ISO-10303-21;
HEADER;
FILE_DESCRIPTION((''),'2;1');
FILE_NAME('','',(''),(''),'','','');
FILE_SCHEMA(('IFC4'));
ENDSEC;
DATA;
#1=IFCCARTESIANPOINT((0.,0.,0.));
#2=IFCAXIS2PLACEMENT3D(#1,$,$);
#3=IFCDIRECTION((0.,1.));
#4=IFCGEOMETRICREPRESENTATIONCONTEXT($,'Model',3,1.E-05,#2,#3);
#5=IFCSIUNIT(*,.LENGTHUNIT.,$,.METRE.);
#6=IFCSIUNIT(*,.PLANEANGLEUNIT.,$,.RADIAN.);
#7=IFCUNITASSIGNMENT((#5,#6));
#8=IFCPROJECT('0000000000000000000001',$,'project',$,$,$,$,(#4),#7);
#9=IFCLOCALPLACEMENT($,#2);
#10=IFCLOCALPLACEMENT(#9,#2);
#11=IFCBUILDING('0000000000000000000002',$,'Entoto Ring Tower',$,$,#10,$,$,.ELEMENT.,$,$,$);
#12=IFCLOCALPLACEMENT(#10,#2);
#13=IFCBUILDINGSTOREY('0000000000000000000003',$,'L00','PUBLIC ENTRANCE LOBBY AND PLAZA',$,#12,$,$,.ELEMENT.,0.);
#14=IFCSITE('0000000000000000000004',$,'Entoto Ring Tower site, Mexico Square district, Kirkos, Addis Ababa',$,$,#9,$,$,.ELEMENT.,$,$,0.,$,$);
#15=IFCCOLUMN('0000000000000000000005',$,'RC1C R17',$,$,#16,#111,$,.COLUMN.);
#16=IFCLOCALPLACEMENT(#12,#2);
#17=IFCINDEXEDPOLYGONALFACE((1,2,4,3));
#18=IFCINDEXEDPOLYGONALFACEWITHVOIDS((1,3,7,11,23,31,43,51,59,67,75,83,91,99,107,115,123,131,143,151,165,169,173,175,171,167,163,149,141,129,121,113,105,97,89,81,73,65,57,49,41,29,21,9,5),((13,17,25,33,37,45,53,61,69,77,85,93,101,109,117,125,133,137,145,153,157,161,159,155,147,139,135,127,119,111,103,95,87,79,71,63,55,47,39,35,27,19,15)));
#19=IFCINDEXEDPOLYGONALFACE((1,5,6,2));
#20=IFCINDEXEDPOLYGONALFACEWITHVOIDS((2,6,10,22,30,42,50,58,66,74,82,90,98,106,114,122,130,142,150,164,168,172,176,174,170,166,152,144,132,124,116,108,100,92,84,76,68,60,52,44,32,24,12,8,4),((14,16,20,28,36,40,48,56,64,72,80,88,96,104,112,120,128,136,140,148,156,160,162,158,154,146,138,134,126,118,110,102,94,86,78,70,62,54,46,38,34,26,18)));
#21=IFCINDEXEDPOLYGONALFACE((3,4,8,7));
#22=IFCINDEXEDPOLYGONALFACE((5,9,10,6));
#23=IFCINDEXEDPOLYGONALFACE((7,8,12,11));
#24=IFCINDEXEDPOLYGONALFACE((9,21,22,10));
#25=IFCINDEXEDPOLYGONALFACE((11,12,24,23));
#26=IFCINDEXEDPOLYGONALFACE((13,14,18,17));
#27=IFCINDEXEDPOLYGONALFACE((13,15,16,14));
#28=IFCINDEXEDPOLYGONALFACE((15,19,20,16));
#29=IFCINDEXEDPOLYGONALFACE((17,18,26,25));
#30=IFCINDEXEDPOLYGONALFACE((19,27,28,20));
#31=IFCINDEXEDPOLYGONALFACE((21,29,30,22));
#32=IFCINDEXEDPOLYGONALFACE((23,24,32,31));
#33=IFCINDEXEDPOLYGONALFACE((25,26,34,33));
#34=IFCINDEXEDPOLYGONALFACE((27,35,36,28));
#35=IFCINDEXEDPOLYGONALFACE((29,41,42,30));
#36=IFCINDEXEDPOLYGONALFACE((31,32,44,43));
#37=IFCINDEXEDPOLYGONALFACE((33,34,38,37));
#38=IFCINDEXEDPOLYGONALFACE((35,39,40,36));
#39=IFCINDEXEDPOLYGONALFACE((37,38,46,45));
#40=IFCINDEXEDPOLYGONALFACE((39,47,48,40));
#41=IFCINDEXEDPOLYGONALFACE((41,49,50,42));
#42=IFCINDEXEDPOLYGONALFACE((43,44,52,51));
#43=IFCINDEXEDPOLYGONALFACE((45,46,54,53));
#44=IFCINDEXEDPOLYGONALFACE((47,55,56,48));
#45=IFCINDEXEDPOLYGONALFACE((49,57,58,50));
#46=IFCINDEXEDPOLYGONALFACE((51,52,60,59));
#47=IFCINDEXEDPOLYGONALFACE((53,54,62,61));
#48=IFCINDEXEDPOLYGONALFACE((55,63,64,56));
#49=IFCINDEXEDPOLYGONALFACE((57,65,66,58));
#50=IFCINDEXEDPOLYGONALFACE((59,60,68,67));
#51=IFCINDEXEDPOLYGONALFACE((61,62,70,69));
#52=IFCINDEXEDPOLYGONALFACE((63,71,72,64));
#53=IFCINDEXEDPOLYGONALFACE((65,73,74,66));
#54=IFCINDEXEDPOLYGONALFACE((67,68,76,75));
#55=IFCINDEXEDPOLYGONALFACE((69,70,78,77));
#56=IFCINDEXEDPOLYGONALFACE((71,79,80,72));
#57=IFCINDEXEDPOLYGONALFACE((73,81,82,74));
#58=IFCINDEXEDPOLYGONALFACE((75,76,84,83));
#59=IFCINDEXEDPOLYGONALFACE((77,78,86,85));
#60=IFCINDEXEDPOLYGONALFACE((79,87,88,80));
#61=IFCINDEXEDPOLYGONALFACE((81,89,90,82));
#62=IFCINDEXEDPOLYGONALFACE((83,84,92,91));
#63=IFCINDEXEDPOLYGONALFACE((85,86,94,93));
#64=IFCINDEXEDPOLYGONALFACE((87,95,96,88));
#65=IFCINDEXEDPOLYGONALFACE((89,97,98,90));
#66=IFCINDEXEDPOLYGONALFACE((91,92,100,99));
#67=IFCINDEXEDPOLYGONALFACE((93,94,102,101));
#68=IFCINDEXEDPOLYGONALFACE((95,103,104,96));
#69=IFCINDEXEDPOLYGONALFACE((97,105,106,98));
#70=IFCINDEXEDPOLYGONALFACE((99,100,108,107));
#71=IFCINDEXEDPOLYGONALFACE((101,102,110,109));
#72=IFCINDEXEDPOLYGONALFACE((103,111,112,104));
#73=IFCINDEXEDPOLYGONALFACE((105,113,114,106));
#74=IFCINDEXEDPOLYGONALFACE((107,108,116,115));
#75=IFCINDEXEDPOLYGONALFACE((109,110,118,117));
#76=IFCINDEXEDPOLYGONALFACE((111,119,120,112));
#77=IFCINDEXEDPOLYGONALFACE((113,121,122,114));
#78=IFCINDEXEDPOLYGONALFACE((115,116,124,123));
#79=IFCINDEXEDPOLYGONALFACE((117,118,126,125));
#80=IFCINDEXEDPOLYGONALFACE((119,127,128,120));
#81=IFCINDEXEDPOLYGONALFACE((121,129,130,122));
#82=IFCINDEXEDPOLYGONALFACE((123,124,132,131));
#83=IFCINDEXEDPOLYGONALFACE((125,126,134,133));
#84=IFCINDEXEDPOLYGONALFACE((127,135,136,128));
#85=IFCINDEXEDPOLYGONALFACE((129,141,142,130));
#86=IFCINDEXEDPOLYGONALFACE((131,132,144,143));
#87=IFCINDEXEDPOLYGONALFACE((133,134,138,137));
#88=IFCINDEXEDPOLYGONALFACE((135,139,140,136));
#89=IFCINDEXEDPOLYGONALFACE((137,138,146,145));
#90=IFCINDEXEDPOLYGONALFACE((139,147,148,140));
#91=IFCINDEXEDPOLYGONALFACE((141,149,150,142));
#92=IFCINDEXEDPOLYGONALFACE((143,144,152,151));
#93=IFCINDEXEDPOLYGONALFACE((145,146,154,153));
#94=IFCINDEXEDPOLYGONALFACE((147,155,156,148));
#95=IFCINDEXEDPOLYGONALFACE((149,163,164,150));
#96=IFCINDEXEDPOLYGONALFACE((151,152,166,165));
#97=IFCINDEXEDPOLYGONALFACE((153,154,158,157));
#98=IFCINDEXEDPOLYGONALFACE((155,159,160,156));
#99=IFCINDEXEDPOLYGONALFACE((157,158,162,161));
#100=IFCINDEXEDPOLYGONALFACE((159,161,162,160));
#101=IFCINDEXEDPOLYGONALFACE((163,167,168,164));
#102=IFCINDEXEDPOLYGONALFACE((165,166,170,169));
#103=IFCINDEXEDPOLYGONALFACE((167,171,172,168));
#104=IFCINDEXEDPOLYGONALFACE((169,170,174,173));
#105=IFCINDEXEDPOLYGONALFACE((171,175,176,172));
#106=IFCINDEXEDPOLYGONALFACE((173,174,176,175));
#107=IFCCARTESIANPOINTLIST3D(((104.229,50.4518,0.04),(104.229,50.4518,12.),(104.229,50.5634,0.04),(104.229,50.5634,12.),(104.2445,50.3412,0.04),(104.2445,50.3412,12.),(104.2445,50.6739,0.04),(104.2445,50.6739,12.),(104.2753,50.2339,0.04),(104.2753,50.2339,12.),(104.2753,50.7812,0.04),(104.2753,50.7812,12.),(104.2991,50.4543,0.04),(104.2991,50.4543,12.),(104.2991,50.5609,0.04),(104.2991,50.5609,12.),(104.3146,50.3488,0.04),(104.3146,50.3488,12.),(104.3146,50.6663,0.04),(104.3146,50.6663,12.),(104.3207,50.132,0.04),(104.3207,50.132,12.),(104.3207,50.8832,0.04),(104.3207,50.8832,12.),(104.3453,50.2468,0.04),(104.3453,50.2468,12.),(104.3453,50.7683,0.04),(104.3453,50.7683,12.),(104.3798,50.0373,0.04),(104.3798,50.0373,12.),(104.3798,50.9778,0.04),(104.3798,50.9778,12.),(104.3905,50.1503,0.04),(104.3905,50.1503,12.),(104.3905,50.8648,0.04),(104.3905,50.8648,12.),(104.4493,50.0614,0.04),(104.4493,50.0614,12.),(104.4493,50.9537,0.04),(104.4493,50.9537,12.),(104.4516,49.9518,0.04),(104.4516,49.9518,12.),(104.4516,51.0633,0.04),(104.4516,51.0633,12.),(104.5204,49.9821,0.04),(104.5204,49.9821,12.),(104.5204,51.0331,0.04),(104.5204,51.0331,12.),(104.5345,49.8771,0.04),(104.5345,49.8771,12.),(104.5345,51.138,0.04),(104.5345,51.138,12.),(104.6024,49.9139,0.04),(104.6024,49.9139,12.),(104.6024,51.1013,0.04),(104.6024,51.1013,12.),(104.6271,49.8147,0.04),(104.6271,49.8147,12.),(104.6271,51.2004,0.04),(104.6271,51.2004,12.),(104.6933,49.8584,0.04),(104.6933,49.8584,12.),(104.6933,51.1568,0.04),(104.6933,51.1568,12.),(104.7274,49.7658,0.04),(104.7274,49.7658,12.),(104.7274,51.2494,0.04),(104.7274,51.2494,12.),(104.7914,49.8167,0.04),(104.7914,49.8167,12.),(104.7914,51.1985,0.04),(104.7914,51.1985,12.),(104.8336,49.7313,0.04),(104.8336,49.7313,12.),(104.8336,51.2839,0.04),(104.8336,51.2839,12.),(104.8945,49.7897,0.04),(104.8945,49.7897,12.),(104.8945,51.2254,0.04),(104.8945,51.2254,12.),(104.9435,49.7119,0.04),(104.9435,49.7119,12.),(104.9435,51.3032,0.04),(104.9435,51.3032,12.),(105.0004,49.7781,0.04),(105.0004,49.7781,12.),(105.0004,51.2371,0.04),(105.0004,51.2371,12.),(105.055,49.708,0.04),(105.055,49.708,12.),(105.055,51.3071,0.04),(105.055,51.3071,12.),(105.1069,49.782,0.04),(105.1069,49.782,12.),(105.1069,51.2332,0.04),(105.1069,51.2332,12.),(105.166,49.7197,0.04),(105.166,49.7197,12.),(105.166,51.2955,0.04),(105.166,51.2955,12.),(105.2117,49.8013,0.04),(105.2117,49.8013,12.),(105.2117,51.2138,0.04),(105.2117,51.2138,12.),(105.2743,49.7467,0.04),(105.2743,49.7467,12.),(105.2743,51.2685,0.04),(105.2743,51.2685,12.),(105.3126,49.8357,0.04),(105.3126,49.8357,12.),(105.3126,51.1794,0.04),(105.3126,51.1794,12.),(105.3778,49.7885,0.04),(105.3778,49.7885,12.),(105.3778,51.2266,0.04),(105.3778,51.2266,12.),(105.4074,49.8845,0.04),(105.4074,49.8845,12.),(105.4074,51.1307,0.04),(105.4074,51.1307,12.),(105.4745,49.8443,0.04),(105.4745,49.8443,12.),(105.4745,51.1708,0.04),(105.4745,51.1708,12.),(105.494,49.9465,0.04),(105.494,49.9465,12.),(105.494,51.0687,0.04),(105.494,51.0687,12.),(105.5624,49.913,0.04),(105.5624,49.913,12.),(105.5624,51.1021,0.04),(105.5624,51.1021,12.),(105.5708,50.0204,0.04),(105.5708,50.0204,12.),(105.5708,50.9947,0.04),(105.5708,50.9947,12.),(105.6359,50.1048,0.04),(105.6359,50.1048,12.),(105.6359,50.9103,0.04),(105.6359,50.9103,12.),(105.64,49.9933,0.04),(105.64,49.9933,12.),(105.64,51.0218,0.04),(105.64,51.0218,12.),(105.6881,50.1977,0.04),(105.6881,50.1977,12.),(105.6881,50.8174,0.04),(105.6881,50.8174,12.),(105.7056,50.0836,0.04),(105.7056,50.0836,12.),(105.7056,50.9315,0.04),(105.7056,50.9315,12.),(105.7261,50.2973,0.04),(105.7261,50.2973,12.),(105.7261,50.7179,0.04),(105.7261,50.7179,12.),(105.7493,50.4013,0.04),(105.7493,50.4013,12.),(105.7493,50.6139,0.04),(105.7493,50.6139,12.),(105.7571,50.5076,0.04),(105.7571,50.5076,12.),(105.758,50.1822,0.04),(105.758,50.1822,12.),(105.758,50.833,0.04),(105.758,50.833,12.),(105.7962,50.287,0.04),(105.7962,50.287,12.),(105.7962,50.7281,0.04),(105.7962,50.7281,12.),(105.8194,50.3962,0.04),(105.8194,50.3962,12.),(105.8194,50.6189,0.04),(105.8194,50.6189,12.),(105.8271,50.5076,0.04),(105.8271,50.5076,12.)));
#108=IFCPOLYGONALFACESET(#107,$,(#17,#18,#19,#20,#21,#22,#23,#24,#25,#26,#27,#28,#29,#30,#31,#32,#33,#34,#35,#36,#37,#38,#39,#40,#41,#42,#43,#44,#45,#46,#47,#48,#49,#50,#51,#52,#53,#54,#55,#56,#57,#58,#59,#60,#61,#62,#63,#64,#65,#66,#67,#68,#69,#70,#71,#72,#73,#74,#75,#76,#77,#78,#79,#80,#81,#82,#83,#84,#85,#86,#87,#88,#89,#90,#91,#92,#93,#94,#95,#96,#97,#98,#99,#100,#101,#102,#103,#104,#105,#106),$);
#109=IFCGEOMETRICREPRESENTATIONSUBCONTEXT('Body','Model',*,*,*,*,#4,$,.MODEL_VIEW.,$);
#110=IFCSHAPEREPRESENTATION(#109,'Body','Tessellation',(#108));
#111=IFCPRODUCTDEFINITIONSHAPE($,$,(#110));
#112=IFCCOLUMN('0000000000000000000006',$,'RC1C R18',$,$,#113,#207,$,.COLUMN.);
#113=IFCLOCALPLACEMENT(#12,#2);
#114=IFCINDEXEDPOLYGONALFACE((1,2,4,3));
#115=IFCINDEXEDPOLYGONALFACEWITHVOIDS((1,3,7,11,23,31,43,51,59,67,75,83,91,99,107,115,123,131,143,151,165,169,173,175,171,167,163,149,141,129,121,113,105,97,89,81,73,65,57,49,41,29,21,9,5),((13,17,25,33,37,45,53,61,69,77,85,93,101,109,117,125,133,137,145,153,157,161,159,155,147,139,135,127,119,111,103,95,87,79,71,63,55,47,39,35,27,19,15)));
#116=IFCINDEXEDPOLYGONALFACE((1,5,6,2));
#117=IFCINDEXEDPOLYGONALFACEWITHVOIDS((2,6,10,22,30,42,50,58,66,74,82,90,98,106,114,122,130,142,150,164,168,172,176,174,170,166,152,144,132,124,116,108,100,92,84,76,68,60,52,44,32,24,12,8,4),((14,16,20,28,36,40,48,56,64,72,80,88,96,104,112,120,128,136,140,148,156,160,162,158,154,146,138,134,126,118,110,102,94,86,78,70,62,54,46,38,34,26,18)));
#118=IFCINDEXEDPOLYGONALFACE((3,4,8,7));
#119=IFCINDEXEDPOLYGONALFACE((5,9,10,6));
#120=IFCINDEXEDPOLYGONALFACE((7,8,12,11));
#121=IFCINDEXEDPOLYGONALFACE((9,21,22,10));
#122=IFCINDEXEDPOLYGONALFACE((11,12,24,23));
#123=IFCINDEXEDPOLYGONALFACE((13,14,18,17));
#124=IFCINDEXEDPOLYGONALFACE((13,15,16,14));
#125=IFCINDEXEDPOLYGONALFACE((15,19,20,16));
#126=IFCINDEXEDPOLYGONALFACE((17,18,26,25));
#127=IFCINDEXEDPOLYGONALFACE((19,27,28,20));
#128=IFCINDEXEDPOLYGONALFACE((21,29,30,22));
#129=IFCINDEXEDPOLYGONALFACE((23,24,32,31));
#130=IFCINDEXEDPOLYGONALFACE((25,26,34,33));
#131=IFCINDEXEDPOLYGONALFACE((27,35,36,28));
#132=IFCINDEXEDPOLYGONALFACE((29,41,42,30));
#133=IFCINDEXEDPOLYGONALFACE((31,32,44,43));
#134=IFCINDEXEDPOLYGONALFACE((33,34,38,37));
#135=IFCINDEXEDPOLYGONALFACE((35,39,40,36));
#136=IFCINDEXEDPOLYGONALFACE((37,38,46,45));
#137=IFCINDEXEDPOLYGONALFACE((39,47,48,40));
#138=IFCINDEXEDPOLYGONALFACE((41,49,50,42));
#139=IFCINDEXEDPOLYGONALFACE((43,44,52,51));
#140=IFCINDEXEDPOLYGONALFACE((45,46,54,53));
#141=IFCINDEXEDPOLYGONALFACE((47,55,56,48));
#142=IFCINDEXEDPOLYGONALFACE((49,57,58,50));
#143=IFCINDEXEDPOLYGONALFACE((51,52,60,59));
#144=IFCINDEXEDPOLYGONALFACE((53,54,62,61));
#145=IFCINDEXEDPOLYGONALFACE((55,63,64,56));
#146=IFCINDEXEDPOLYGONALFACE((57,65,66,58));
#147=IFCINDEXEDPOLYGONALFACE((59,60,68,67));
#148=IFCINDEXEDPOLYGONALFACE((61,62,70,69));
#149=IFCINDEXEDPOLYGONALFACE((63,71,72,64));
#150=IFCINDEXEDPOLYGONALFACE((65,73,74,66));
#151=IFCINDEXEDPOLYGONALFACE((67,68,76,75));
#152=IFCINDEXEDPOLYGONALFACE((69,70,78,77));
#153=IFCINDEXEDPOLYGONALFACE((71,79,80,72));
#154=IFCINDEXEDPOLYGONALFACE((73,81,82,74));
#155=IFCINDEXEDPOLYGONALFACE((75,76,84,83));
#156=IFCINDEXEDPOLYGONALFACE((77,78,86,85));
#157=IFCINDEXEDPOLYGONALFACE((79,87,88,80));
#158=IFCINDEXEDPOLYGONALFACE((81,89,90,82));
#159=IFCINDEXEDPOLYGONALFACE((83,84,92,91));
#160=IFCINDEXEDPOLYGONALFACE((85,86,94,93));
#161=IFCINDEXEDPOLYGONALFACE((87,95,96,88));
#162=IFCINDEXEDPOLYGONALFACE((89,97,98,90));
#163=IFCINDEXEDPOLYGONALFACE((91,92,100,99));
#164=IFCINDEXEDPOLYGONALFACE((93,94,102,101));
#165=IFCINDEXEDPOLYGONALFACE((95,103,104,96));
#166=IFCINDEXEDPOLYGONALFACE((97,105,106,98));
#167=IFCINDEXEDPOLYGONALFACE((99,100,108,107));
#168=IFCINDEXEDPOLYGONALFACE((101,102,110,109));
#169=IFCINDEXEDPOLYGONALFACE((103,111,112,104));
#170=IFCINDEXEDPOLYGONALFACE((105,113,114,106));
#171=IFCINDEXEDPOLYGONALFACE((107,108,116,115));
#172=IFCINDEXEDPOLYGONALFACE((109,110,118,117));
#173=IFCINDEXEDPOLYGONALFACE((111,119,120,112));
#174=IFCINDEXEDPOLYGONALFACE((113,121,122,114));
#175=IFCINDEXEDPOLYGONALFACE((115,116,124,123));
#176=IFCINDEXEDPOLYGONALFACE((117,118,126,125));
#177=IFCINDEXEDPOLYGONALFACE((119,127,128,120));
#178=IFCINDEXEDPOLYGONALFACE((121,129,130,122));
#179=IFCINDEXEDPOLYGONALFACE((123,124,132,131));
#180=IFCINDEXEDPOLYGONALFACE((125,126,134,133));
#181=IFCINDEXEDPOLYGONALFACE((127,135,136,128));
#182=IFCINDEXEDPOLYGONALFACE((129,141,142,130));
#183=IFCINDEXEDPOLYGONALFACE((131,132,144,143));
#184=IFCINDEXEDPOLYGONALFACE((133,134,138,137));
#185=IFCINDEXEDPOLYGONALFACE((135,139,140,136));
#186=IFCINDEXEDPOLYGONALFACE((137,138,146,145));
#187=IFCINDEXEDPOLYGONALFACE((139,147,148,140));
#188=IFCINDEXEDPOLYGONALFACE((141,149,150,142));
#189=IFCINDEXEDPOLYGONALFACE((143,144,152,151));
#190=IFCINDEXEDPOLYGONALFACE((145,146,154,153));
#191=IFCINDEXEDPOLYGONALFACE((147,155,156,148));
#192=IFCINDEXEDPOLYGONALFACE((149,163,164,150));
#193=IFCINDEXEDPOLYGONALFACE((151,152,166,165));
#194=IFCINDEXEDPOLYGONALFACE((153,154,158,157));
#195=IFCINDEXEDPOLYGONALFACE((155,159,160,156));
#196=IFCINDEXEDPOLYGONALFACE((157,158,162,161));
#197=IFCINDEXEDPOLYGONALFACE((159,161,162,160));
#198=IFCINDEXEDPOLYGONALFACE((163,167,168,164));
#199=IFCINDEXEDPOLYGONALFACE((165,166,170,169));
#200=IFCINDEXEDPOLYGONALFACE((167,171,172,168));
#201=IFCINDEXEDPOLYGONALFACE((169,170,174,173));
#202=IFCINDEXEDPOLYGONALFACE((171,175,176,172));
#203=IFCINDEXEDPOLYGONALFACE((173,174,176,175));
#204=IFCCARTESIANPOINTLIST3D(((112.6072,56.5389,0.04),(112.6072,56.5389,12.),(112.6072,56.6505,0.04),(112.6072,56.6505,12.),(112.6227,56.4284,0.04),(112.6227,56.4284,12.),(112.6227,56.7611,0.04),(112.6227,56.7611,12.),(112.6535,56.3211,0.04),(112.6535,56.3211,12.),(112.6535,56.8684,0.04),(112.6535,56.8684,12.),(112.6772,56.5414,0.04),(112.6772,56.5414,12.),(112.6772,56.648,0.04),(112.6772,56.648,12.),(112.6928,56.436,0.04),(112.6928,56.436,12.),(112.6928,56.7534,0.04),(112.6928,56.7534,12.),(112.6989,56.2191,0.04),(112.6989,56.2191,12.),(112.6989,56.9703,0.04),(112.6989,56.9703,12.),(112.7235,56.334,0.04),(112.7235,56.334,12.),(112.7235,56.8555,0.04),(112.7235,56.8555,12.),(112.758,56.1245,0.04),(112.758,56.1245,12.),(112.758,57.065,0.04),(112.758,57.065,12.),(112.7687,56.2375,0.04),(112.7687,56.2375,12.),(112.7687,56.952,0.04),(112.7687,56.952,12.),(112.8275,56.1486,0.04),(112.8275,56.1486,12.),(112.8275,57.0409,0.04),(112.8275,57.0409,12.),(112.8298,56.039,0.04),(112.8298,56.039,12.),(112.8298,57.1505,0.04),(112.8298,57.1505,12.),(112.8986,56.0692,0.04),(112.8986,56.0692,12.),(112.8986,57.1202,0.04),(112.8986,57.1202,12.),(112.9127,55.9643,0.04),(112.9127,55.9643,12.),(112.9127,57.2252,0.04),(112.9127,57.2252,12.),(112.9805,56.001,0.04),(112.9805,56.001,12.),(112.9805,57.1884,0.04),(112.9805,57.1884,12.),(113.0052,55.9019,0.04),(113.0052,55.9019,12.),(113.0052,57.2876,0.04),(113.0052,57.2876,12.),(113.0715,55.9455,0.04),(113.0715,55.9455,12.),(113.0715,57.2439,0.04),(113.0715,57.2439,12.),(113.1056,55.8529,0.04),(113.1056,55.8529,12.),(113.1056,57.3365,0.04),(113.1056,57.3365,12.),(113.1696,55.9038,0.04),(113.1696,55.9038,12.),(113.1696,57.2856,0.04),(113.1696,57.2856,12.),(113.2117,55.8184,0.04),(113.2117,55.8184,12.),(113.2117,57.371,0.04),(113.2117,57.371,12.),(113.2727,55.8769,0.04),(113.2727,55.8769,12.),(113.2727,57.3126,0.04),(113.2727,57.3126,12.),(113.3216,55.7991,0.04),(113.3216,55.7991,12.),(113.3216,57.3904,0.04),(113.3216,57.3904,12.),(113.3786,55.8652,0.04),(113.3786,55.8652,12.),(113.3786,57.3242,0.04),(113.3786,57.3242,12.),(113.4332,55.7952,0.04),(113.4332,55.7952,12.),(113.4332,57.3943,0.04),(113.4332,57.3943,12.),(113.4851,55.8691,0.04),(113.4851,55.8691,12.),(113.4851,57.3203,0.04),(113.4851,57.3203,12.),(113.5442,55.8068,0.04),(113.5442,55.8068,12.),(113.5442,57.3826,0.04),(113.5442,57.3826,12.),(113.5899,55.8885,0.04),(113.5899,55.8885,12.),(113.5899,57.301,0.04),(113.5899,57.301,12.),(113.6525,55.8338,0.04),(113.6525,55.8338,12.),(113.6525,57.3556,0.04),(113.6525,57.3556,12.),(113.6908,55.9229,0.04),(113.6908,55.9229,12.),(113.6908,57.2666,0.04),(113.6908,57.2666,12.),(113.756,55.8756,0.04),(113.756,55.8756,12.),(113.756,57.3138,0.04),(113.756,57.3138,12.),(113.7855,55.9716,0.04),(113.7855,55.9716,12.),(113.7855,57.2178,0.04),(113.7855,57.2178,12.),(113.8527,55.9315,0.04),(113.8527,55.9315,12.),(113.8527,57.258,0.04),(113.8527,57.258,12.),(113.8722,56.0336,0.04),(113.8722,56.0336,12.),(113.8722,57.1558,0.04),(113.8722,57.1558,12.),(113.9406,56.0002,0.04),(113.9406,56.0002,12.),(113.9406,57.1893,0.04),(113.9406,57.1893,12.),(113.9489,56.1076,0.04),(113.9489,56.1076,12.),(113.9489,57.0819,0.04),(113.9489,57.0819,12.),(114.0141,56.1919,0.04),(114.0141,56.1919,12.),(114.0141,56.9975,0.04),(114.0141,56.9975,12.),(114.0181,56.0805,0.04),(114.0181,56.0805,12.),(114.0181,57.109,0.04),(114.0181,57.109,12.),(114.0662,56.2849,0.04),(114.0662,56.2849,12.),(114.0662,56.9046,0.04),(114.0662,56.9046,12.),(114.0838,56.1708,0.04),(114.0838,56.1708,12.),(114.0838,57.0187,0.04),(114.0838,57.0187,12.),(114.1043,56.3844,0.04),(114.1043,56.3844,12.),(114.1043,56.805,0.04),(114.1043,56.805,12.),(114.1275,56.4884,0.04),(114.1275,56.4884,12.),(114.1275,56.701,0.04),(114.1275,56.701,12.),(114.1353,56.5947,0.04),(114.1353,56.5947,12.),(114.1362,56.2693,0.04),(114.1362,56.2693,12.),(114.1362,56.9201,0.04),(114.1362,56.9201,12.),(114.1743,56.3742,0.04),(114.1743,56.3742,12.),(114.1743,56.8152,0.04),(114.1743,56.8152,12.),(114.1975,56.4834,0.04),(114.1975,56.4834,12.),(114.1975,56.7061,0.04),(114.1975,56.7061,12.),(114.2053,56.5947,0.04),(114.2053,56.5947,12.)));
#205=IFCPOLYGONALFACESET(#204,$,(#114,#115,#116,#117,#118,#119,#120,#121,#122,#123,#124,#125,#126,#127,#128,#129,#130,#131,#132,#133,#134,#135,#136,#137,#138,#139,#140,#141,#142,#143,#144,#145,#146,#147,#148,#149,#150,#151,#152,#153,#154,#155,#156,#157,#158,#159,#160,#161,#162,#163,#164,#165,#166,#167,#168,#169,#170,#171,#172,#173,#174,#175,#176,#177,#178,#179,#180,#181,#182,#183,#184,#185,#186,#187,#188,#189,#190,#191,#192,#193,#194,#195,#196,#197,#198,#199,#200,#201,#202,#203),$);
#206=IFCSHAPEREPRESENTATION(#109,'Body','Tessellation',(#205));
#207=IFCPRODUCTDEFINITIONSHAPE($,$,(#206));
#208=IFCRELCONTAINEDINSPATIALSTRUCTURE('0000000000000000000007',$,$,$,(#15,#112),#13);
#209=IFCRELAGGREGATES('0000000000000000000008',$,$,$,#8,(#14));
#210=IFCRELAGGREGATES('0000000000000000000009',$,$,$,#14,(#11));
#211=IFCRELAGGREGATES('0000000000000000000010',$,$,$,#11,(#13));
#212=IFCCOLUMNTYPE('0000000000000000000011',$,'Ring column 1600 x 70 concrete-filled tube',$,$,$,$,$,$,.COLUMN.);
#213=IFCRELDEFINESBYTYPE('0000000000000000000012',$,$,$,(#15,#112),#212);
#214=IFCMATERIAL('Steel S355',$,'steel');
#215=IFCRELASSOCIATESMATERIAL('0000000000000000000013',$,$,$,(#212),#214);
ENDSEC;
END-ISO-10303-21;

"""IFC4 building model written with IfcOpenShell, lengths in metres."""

from ifc_helpers import new_model, si_unit, direction, frame, origin, origin_2d, place, context, subcontext, project, spatial, circle, hollow_circle, extrude, material, material_profile, profile_set, type_object, element, save


model = new_model("IFC4")

# Units and contexts
model_context = context("Model", 3, precision=1e-05, world=origin(), true_north=direction((0.0, 1.0)))
body_context = subcontext(model_context, "Body", "Model", "MODEL_VIEW")
ifc_project = project(units=[si_unit("LENGTHUNIT", "METRE"), si_unit("PLANEANGLEUNIT", "RADIAN")], contexts=[model_context])

# Site, building, storey
site_placement = place(None, origin())
site = spatial("IfcSite", under=ifc_project, at=site_placement, Name="Entoto Ring Tower site, Mexico Square district, Kirkos, Addis Ababa", CompositionType="ELEMENT", RefElevation=0.0)
building_placement = place(site_placement, origin())
building = spatial("IfcBuilding", under=site, at=building_placement, Name="Entoto Ring Tower", CompositionType="ELEMENT")
storey_placement = place(building_placement, origin())
storey = spatial("IfcBuildingStorey", under=building, at=storey_placement, Name="L00", Description="PUBLIC ENTRANCE LOBBY AND PLAZA", CompositionType="ELEMENT", Elevation=0.0)

# Columns
ifc_material_1 = material(Name="Steel S355", Category="steel")
ifc_material_profile_1 = material_profile(ifc_material_1, hollow_circle(Radius=0.8, WallThickness=0.0701, at=origin_2d()), Name="CHS 1600 x 70")
ifc_material_2 = material(Name="Concrete C60/75", Category="concrete")
ifc_material_profile_2 = material_profile(ifc_material_2, circle(Radius=0.73, at=origin_2d()), Name="Concrete C60/75 infill")
ifc_profile_set_1 = profile_set([ifc_material_profile_1, ifc_material_profile_2], Name="Steel S355")
column_type_1 = type_object("IfcColumnType", Name="Ring column 1600 x 70 concrete-filled tube", PredefinedType="COLUMN", material=ifc_profile_set_1)
for number, where, z_axis, x_axis, name in (
    (1, (105.0271, 50.5076, 0.04), (0.0, 0.0, 1.0), (1.0, 0.0, 0.0), "RC1C R17"),
    (2, (113.4053, 56.5947, 0.04), (0.0, 0.0, 1.0), (1.0, 0.0, 0.0), "RC1C R18"),
):
    element("IfcColumn", number, at=place(storey_placement, frame(where, z_axis=z_axis, x_axis=x_axis)), inside=storey, type_object=column_type_1, Name=name, PredefinedType="COLUMN", context=body_context, shape_type="SweptSolid", body=[
        extrude(hollow_circle(Radius=0.8, WallThickness=0.0701, at=origin_2d()), origin(), (0.0, 0.0, 1.0), 11.96),
    ])

save(model, "model.ifc")
